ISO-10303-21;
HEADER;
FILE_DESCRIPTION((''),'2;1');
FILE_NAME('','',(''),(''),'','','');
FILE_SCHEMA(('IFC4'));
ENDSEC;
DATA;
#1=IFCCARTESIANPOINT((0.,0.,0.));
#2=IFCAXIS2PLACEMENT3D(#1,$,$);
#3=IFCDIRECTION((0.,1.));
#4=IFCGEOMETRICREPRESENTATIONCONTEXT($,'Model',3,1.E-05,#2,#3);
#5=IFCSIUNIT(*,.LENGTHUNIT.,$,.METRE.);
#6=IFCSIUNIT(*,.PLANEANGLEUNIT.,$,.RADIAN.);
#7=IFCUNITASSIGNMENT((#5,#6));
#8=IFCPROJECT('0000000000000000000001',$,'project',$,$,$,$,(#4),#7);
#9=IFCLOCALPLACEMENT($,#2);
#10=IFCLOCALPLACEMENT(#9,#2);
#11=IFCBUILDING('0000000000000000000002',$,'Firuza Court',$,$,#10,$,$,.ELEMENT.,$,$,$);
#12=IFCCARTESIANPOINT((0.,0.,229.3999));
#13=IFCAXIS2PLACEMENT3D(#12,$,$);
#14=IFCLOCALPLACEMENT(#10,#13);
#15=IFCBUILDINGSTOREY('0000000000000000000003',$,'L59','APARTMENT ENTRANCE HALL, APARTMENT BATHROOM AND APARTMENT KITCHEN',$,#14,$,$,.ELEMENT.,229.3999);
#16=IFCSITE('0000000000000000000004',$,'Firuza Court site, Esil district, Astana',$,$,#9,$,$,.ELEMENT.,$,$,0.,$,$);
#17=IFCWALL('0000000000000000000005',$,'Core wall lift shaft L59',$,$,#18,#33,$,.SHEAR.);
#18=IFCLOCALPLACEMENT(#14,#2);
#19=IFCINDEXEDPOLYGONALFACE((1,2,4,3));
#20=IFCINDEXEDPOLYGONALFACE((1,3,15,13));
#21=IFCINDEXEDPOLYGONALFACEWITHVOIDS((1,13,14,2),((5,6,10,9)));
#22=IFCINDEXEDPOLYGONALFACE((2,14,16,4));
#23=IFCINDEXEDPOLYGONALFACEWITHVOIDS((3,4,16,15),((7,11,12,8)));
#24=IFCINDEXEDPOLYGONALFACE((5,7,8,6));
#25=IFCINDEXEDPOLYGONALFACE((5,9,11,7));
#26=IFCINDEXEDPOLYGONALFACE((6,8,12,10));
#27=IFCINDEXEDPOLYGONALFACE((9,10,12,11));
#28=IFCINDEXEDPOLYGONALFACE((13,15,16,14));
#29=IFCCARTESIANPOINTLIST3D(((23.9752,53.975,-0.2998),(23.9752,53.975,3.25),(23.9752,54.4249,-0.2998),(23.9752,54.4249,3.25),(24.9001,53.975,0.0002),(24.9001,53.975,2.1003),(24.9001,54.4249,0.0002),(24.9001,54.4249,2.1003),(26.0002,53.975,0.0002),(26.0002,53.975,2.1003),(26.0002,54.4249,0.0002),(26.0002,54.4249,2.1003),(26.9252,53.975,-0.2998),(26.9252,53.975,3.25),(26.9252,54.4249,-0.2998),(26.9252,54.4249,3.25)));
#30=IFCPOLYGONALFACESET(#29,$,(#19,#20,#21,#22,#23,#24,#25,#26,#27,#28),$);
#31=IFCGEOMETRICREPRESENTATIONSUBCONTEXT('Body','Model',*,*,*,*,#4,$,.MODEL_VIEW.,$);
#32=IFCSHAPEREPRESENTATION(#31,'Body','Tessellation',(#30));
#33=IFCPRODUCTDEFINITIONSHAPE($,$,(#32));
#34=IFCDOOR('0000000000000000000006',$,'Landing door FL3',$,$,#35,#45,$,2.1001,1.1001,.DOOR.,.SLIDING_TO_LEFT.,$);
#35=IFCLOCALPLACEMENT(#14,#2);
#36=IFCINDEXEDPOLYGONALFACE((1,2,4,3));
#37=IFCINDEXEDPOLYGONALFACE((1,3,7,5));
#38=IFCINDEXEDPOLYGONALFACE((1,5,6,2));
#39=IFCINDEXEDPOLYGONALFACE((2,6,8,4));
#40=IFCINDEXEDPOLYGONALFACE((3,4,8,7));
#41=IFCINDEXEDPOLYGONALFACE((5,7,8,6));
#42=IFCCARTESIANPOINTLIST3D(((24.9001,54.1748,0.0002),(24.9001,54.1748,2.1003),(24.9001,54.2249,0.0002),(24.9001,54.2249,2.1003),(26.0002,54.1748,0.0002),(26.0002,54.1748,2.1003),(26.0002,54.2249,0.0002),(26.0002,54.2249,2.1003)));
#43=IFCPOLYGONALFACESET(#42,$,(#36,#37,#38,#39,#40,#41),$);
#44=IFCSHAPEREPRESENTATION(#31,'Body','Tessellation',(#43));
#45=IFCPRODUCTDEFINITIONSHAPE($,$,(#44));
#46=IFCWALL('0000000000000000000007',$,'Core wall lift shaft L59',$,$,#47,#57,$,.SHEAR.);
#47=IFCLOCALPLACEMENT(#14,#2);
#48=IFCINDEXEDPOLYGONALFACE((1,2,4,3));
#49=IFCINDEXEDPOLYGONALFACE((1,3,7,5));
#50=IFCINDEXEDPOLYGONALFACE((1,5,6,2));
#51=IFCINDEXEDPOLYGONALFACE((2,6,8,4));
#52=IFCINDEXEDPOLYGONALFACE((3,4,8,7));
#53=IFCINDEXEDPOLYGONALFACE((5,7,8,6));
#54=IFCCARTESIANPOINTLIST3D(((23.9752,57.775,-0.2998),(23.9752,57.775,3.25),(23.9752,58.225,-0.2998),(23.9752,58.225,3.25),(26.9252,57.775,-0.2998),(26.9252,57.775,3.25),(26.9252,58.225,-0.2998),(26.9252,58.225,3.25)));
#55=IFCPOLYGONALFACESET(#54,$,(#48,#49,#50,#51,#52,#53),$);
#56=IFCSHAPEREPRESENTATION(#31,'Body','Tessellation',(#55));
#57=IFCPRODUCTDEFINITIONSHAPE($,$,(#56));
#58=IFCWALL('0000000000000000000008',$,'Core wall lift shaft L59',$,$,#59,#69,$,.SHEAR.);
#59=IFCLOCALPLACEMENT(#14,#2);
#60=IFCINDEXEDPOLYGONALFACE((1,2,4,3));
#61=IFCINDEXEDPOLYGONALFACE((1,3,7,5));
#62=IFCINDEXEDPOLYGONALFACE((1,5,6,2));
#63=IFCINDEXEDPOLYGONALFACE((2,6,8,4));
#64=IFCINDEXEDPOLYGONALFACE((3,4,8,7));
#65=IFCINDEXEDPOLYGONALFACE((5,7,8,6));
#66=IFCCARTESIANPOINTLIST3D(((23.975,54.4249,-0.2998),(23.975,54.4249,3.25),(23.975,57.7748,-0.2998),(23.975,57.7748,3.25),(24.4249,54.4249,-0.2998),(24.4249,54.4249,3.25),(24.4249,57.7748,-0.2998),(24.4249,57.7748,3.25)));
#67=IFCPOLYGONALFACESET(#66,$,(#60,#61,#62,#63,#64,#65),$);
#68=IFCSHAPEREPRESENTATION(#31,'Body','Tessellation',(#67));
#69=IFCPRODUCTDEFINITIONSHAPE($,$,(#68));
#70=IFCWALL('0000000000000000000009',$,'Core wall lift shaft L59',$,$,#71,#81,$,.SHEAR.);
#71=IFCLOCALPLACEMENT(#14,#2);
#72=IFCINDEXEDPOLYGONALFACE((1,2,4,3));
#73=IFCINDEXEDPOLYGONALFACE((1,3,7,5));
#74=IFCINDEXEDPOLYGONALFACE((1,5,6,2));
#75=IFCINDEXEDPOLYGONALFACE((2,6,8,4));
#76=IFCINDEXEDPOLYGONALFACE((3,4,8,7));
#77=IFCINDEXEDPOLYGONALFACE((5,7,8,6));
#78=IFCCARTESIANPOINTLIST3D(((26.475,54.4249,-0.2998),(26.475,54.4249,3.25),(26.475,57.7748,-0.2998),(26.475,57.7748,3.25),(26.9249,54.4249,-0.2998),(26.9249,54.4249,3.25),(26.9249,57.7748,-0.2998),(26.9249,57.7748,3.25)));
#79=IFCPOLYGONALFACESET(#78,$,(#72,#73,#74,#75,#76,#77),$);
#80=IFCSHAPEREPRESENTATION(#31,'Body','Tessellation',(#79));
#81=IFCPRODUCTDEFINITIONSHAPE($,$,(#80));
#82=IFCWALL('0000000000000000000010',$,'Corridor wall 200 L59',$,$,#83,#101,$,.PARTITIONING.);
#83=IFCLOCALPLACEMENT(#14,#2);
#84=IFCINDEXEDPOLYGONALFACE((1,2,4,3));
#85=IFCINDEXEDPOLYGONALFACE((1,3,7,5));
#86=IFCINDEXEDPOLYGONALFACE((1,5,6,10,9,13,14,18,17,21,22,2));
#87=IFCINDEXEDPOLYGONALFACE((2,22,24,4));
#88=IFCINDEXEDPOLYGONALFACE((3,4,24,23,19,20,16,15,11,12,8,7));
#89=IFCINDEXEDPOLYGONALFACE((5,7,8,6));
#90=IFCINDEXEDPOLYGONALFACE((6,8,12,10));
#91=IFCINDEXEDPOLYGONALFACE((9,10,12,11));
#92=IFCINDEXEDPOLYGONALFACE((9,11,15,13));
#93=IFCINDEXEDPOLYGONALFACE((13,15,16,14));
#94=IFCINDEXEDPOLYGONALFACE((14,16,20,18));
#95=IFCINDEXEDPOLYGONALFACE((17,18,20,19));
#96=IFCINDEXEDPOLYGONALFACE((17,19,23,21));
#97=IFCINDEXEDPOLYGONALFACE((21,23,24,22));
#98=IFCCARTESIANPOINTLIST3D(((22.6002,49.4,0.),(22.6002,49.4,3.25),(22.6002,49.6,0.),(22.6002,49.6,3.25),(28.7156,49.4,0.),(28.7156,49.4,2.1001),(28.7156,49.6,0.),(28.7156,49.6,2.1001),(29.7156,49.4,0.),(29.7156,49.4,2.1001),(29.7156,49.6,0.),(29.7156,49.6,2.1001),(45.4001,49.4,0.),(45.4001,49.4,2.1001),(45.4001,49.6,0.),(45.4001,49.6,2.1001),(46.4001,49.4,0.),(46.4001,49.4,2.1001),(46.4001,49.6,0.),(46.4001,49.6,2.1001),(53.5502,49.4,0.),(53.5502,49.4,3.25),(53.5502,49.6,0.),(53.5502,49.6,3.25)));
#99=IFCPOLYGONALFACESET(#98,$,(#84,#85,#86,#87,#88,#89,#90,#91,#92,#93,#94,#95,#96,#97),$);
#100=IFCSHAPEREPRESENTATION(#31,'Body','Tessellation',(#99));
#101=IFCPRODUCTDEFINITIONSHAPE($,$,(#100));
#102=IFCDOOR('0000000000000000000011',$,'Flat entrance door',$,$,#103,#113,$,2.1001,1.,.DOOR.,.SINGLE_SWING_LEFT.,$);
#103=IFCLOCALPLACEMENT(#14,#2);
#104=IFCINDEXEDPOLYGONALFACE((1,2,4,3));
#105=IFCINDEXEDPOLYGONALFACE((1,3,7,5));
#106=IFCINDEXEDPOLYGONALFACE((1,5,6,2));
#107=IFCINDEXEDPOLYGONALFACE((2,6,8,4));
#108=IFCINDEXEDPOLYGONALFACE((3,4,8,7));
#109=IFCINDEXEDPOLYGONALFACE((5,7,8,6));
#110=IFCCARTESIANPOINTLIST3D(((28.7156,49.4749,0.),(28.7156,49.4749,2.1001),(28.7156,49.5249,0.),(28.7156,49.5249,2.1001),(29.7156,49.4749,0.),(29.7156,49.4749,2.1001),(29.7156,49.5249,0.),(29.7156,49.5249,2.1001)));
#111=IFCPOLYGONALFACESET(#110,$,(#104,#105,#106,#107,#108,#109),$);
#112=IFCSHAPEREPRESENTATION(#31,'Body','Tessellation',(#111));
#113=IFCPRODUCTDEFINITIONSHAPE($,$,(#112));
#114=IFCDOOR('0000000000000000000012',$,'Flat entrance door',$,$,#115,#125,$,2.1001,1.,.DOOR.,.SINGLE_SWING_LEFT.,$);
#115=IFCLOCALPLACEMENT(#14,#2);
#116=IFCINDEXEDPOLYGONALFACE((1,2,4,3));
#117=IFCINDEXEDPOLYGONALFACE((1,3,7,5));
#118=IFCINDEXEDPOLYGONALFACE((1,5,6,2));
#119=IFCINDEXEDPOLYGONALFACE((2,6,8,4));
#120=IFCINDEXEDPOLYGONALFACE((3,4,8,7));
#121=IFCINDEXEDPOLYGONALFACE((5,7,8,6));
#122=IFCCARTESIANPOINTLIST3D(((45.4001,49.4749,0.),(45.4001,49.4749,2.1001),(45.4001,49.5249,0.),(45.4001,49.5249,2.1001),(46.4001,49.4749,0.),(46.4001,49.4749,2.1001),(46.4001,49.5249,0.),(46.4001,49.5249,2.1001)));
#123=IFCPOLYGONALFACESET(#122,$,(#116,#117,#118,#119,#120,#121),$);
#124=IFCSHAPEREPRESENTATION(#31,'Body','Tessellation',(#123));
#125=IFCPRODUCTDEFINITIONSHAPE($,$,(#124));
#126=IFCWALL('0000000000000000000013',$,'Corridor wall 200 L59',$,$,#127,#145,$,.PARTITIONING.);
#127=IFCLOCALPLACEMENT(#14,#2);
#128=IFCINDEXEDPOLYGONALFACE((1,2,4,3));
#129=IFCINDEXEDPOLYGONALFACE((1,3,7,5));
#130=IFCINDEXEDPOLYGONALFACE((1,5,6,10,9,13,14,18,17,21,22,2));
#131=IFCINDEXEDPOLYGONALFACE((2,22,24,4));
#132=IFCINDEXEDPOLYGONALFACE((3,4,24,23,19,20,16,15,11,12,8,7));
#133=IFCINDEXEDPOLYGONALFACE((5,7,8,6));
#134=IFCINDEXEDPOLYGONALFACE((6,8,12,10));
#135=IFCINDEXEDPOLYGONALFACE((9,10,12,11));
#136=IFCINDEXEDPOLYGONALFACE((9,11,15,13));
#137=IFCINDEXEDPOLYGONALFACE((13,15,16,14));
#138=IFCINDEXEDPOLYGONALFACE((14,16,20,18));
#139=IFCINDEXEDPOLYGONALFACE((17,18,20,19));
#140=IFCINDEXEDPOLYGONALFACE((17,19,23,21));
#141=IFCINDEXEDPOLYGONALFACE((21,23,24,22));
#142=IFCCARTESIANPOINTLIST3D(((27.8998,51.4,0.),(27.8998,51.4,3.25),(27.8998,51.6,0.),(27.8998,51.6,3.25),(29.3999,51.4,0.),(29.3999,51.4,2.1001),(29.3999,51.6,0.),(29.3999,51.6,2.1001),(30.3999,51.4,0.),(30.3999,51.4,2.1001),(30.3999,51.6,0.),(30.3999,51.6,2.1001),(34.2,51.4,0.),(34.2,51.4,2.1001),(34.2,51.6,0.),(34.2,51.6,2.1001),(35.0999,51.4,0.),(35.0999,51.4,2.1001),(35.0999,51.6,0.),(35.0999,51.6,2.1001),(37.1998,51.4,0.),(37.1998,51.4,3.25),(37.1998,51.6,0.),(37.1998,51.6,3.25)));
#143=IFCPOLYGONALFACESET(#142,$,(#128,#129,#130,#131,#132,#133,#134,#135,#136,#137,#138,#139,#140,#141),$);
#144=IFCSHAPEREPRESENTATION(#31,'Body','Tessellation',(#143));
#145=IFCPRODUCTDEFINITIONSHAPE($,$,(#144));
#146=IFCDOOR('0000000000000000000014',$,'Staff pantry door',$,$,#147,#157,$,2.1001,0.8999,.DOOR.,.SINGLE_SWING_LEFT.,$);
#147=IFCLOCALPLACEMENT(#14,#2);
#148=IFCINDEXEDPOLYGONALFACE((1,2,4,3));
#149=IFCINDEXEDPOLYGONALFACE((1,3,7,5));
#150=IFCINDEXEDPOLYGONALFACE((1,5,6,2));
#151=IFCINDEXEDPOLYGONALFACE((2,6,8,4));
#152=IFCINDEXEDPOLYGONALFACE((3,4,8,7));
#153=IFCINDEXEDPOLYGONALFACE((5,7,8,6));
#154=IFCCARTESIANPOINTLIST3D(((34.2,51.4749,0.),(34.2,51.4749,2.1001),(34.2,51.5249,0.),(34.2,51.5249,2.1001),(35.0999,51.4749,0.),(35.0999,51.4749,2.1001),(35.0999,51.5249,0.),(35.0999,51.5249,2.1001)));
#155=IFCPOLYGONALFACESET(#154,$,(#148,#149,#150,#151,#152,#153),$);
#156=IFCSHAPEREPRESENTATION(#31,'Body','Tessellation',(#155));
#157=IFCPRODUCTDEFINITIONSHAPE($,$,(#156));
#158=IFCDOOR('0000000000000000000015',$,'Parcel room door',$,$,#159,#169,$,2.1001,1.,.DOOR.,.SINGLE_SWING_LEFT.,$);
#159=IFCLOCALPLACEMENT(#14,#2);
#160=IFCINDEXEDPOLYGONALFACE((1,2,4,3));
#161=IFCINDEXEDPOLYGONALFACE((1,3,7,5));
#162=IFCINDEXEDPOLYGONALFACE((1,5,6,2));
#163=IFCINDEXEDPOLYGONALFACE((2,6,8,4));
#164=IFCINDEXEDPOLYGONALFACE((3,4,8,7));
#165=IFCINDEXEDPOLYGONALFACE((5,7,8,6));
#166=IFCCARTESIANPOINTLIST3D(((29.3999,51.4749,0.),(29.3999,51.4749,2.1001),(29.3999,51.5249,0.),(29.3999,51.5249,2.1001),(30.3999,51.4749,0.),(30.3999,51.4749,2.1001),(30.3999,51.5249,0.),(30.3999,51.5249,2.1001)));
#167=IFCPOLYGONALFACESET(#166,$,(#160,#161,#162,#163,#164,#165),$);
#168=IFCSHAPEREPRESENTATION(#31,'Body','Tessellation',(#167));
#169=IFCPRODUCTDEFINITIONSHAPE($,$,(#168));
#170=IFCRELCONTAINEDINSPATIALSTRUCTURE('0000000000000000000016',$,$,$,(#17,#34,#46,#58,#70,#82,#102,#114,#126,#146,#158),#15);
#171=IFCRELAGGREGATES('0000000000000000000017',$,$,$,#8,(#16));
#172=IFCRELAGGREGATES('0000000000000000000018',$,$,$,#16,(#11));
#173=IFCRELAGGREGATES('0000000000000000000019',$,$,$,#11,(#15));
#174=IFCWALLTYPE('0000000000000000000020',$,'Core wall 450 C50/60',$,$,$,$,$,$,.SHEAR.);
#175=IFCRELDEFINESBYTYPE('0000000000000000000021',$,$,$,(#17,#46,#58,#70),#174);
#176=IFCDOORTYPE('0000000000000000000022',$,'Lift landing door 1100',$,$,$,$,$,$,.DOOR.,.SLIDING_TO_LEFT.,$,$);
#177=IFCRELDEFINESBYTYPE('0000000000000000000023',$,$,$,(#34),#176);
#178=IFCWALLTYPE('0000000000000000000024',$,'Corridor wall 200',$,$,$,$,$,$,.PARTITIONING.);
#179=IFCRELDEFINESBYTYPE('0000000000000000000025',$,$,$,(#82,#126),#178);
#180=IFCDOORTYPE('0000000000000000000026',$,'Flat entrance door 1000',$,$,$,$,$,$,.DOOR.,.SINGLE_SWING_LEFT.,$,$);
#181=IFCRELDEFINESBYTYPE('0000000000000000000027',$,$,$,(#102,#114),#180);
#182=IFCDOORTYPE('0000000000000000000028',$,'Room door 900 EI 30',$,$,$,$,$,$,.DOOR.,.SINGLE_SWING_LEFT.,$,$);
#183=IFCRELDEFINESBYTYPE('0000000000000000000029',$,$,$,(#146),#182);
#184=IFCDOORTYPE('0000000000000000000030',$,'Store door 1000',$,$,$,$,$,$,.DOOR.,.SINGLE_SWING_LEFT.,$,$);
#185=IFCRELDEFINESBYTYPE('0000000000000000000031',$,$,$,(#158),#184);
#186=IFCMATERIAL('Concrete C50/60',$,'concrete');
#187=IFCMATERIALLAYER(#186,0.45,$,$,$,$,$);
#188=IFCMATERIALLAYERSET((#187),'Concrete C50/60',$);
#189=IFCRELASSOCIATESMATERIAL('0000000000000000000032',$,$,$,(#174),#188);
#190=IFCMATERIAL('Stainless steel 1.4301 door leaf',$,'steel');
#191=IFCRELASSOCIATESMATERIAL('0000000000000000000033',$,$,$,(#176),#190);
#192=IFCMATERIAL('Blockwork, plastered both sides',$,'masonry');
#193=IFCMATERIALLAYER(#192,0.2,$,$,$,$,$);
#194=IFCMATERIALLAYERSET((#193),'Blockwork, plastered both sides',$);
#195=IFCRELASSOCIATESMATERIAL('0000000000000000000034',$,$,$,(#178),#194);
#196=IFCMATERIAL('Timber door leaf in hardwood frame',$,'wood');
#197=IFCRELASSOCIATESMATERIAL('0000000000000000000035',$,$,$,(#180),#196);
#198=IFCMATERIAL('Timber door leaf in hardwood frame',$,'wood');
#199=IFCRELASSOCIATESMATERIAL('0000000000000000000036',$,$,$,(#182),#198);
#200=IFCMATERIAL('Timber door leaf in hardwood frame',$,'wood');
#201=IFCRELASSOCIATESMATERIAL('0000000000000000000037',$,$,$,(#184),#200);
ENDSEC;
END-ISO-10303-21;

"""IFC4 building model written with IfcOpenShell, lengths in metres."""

from ifc_helpers import new_model, si_unit, direction, frame, frame_2d, origin, place, context, subcontext, project, spatial, rectangle, extrude, material, layer, layer_set, type_object, element, fill, save


model = new_model("IFC4")

# Units and contexts
model_context = context("Model", 3, precision=1e-05, world=origin(), true_north=direction((0.0, 1.0)))
body_context = subcontext(model_context, "Body", "Model", "MODEL_VIEW")
ifc_project = project(units=[si_unit("LENGTHUNIT", "METRE"), si_unit("PLANEANGLEUNIT", "RADIAN")], contexts=[model_context])

# Site, building, storey
site_placement = place(None, origin())
site = spatial("IfcSite", under=ifc_project, at=site_placement, Name="Firuza Court site, Esil district, Astana", CompositionType="ELEMENT", RefElevation=0.0)
building_placement = place(site_placement, origin())
building = spatial("IfcBuilding", under=site, at=building_placement, Name="Firuza Court", CompositionType="ELEMENT")
storey_placement = place(building_placement, frame((0.0, 0.0, 229.3999)))
storey = spatial("IfcBuildingStorey", under=building, at=storey_placement, Name="L59", Description="APARTMENT ENTRANCE HALL, APARTMENT BATHROOM AND APARTMENT KITCHEN", CompositionType="ELEMENT", Elevation=229.3999)

# Wall, opening, door
ifc_material_1 = material(Name="Concrete C50/60", Category="concrete")
ifc_layer_1 = layer(ifc_material_1, 0.45)
ifc_layer_set_1 = layer_set([ifc_layer_1], Name="Concrete C50/60")
wall_type_1 = type_object("IfcWallType", Name="Core wall 450 C50/60", PredefinedType="SHEAR", material=ifc_layer_set_1)
wall_1_placement = place(storey_placement, frame((23.9751, 54.2, -0.2998), z_axis=(0.0, 0.0, 1.0), x_axis=(1.0, 0.0, 0.0)))
wall_1 = element("IfcWall", 1, at=wall_1_placement, inside=storey, type_object=wall_type_1, Name="Core wall lift shaft L59", PredefinedType="SHEAR", context=body_context, shape_type="SweptSolid", body=[
    extrude(rectangle(XDim=2.95, YDim=0.45, at=frame_2d((1.4751, 0.0))), origin(), (0.0, 0.0, 1.0), 3.5498),
])
opening_1_placement = place(wall_1_placement, frame((0.925, 0.0, 0.3)))
opening_1 = element("IfcOpeningElement", 2, at=opening_1_placement, cuts=wall_1, PredefinedType="OPENING", context=body_context, shape_type="SweptSolid", body=[
    extrude(rectangle(XDim=1.1001, YDim=2.1001, at=frame_2d((0.55, 1.05))), frame((0.0, 0.2368, 0.0), z_axis=(0.0, -1.0, 0.0), x_axis=(1.0, 0.0, 0.0)), (0.0, 0.0, 1.0), 0.4739),
])
ifc_material_2 = material(Name="Stainless steel 1.4301 door leaf", Category="steel")
door_type_1 = type_object("IfcDoorType", Name="Lift landing door 1100", OperationType="SLIDING_TO_LEFT", PredefinedType="DOOR", material=ifc_material_2)
door_1_placement = place(opening_1_placement, origin())
door_1 = element("IfcDoor", 3, at=door_1_placement, inside=storey, type_object=door_type_1, Name="Landing door FL3", OperationType="SLIDING_TO_LEFT", OverallHeight=2.1001, OverallWidth=1.1001, PredefinedType="DOOR", context=body_context, shape_type="SweptSolid", body=[
    extrude(rectangle(XDim=1.1001, YDim=2.1001, at=frame_2d((0.55, 1.05))), frame((0.0, 0.0249, 0.0), z_axis=(0.0, -1.0, 0.0), x_axis=(1.0, 0.0, 0.0)), (0.0, 0.0, 1.0), 0.05),
])
fill(opening_1, door_1)

# Walls
wall_2_placement = place(storey_placement, frame((23.9751, 58.0, -0.2998), z_axis=(0.0, 0.0, 1.0), x_axis=(1.0, 0.0, 0.0)))
element("IfcWall", 4, at=wall_2_placement, inside=storey, type_object=wall_type_1, Name="Core wall lift shaft L59", PredefinedType="SHEAR", context=body_context, shape_type="SweptSolid", body=[
    extrude(rectangle(XDim=2.95, YDim=0.45, at=frame_2d((1.4751, 0.0))), origin(), (0.0, 0.0, 1.0), 3.5498),
])
for number, where, z_axis, x_axis, name in (
    (5, (24.2, 54.425, -0.2998), (0.0, 0.0, 1.0), (0.0, 1.0, 0.0), "Core wall lift shaft L59"),
    (6, (26.7, 54.425, -0.2998), (0.0, 0.0, 1.0), (0.0, 1.0, 0.0), "Core wall lift shaft L59"),
):
    element("IfcWall", number, at=place(storey_placement, frame(where, z_axis=z_axis, x_axis=x_axis)), inside=storey, type_object=wall_type_1, Name=name, PredefinedType="SHEAR", context=body_context, shape_type="SweptSolid", body=[
        extrude(rectangle(XDim=3.3499, YDim=0.45, at=frame_2d((1.6748, 0.0))), origin(), (0.0, 0.0, 1.0), 3.5498),
    ])

# Walls, openings, doors
ifc_material_3 = material(Name="Blockwork, plastered both sides", Category="masonry")
ifc_layer_2 = layer(ifc_material_3, 0.2)
ifc_layer_set_2 = layer_set([ifc_layer_2], Name="Blockwork, plastered both sides")
wall_type_2 = type_object("IfcWallType", Name="Corridor wall 200", PredefinedType="PARTITIONING", material=ifc_layer_set_2)
wall_3_placement = place(storey_placement, frame((22.6001, 49.5, 0.0), z_axis=(0.0, 0.0, 1.0), x_axis=(1.0, 0.0, 0.0)))
wall_3 = element("IfcWall", 7, at=wall_3_placement, inside=storey, type_object=wall_type_2, Name="Corridor wall 200 L59", PredefinedType="PARTITIONING", context=body_context, shape_type="SweptSolid", body=[
    extrude(rectangle(XDim=30.95, YDim=0.2, at=frame_2d((15.4751, 0.0))), origin(), (0.0, 0.0, 1.0), 3.25),
])
opening_2_placement = place(wall_3_placement, frame((6.1155, 0.0, 0.0)))
opening_2 = element("IfcOpeningElement", 8, at=opening_2_placement, cuts=wall_3, PredefinedType="OPENING", context=body_context, shape_type="SweptSolid", body=[
    extrude(rectangle(XDim=1.0, YDim=2.1001, at=frame_2d((0.5, 1.05))), frame((0.0, 0.1118, 0.0), z_axis=(0.0, -1.0, 0.0), x_axis=(1.0, 0.0, 0.0)), (0.0, 0.0, 1.0), 0.2239),
])
opening_3_placement = place(wall_3_placement, frame((22.8, 0.0, 0.0)))
opening_3 = element("IfcOpeningElement", 9, at=opening_3_placement, cuts=wall_3, PredefinedType="OPENING", context=body_context, shape_type="SweptSolid", body=[
    extrude(rectangle(XDim=1.0, YDim=2.1001, at=frame_2d((0.5, 1.05))), frame((0.0, 0.1118, 0.0), z_axis=(0.0, -1.0, 0.0), x_axis=(1.0, 0.0, 0.0)), (0.0, 0.0, 1.0), 0.2239),
])
ifc_material_4 = material(Name="Timber door leaf in hardwood frame", Category="wood")
door_type_2 = type_object("IfcDoorType", Name="Flat entrance door 1000", OperationType="SINGLE_SWING_LEFT", PredefinedType="DOOR", material=ifc_material_4)
door_2_placement = place(opening_2_placement, origin())
door_2 = element("IfcDoor", 10, at=door_2_placement, inside=storey, type_object=door_type_2, Name="Flat entrance door", OperationType="SINGLE_SWING_LEFT", OverallHeight=2.1001, OverallWidth=1.0, PredefinedType="DOOR", context=body_context, shape_type="SweptSolid", body=[
    extrude(rectangle(XDim=1.0, YDim=2.1001, at=frame_2d((0.5, 1.05))), frame((0.0, 0.0249, 0.0), z_axis=(0.0, -1.0, 0.0), x_axis=(1.0, 0.0, 0.0)), (0.0, 0.0, 1.0), 0.05),
])
fill(opening_2, door_2)
door_3_placement = place(opening_3_placement, origin())
door_3 = element("IfcDoor", 11, at=door_3_placement, inside=storey, type_object=door_type_2, Name="Flat entrance door", OperationType="SINGLE_SWING_LEFT", OverallHeight=2.1001, OverallWidth=1.0, PredefinedType="DOOR", context=body_context, shape_type="SweptSolid", body=[
    extrude(rectangle(XDim=1.0, YDim=2.1001, at=frame_2d((0.5, 1.05))), frame((0.0, 0.0249, 0.0), z_axis=(0.0, -1.0, 0.0), x_axis=(1.0, 0.0, 0.0)), (0.0, 0.0, 1.0), 0.05),
])
fill(opening_3, door_3)
wall_4_placement = place(storey_placement, frame((27.8999, 51.5, 0.0), z_axis=(0.0, 0.0, 1.0), x_axis=(1.0, 0.0, 0.0)))
wall_4 = element("IfcWall", 12, at=wall_4_placement, inside=storey, type_object=wall_type_2, Name="Corridor wall 200 L59", PredefinedType="PARTITIONING", context=body_context, shape_type="SweptSolid", body=[
    extrude(rectangle(XDim=9.3, YDim=0.2, at=frame_2d((4.6499, 0.0))), origin(), (0.0, 0.0, 1.0), 3.25),
])
opening_4_placement = place(wall_4_placement, frame((1.5, 0.0, 0.0)))
opening_4 = element("IfcOpeningElement", 13, at=opening_4_placement, cuts=wall_4, PredefinedType="OPENING", context=body_context, shape_type="SweptSolid", body=[
    extrude(rectangle(XDim=1.0, YDim=2.1001, at=frame_2d((0.5, 1.05))), frame((0.0, 0.1118, 0.0), z_axis=(0.0, -1.0, 0.0), x_axis=(1.0, 0.0, 0.0)), (0.0, 0.0, 1.0), 0.2239),
])
opening_5_placement = place(wall_4_placement, frame((6.3, 0.0, 0.0)))
opening_5 = element("IfcOpeningElement", 14, at=opening_5_placement, cuts=wall_4, PredefinedType="OPENING", context=body_context, shape_type="SweptSolid", body=[
    extrude(rectangle(XDim=0.8999, YDim=2.1001, at=frame_2d((0.45, 1.05))), frame((0.0, 0.1118, 0.0), z_axis=(0.0, -1.0, 0.0), x_axis=(1.0, 0.0, 0.0)), (0.0, 0.0, 1.0), 0.2239),
])
ifc_material_5 = material(Name="Timber door leaf in hardwood frame", Category="wood")
door_type_3 = type_object("IfcDoorType", Name="Room door 900 EI 30", OperationType="SINGLE_SWING_LEFT", PredefinedType="DOOR", material=ifc_material_5)
door_4_placement = place(opening_5_placement, origin())
door_4 = element("IfcDoor", 15, at=door_4_placement, inside=storey, type_object=door_type_3, Name="Staff pantry door", OperationType="SINGLE_SWING_LEFT", OverallHeight=2.1001, OverallWidth=0.8999, PredefinedType="DOOR", context=body_context, shape_type="SweptSolid", body=[
    extrude(rectangle(XDim=0.8999, YDim=2.1001, at=frame_2d((0.45, 1.05))), frame((0.0, 0.0249, 0.0), z_axis=(0.0, -1.0, 0.0), x_axis=(1.0, 0.0, 0.0)), (0.0, 0.0, 1.0), 0.05),
])
fill(opening_5, door_4)
ifc_material_6 = material(Name="Timber door leaf in hardwood frame", Category="wood")
door_type_4 = type_object("IfcDoorType", Name="Store door 1000", OperationType="SINGLE_SWING_LEFT", PredefinedType="DOOR", material=ifc_material_6)
door_5_placement = place(opening_4_placement, origin())
door_5 = element("IfcDoor", 16, at=door_5_placement, inside=storey, type_object=door_type_4, Name="Parcel room door", OperationType="SINGLE_SWING_LEFT", OverallHeight=2.1001, OverallWidth=1.0, PredefinedType="DOOR", context=body_context, shape_type="SweptSolid", body=[
    extrude(rectangle(XDim=1.0, YDim=2.1001, at=frame_2d((0.5, 1.05))), frame((0.0, 0.0249, 0.0), z_axis=(0.0, -1.0, 0.0), x_axis=(1.0, 0.0, 0.0)), (0.0, 0.0, 1.0), 0.05),
])
fill(opening_4, door_5)

save(model, "model.ifc")
